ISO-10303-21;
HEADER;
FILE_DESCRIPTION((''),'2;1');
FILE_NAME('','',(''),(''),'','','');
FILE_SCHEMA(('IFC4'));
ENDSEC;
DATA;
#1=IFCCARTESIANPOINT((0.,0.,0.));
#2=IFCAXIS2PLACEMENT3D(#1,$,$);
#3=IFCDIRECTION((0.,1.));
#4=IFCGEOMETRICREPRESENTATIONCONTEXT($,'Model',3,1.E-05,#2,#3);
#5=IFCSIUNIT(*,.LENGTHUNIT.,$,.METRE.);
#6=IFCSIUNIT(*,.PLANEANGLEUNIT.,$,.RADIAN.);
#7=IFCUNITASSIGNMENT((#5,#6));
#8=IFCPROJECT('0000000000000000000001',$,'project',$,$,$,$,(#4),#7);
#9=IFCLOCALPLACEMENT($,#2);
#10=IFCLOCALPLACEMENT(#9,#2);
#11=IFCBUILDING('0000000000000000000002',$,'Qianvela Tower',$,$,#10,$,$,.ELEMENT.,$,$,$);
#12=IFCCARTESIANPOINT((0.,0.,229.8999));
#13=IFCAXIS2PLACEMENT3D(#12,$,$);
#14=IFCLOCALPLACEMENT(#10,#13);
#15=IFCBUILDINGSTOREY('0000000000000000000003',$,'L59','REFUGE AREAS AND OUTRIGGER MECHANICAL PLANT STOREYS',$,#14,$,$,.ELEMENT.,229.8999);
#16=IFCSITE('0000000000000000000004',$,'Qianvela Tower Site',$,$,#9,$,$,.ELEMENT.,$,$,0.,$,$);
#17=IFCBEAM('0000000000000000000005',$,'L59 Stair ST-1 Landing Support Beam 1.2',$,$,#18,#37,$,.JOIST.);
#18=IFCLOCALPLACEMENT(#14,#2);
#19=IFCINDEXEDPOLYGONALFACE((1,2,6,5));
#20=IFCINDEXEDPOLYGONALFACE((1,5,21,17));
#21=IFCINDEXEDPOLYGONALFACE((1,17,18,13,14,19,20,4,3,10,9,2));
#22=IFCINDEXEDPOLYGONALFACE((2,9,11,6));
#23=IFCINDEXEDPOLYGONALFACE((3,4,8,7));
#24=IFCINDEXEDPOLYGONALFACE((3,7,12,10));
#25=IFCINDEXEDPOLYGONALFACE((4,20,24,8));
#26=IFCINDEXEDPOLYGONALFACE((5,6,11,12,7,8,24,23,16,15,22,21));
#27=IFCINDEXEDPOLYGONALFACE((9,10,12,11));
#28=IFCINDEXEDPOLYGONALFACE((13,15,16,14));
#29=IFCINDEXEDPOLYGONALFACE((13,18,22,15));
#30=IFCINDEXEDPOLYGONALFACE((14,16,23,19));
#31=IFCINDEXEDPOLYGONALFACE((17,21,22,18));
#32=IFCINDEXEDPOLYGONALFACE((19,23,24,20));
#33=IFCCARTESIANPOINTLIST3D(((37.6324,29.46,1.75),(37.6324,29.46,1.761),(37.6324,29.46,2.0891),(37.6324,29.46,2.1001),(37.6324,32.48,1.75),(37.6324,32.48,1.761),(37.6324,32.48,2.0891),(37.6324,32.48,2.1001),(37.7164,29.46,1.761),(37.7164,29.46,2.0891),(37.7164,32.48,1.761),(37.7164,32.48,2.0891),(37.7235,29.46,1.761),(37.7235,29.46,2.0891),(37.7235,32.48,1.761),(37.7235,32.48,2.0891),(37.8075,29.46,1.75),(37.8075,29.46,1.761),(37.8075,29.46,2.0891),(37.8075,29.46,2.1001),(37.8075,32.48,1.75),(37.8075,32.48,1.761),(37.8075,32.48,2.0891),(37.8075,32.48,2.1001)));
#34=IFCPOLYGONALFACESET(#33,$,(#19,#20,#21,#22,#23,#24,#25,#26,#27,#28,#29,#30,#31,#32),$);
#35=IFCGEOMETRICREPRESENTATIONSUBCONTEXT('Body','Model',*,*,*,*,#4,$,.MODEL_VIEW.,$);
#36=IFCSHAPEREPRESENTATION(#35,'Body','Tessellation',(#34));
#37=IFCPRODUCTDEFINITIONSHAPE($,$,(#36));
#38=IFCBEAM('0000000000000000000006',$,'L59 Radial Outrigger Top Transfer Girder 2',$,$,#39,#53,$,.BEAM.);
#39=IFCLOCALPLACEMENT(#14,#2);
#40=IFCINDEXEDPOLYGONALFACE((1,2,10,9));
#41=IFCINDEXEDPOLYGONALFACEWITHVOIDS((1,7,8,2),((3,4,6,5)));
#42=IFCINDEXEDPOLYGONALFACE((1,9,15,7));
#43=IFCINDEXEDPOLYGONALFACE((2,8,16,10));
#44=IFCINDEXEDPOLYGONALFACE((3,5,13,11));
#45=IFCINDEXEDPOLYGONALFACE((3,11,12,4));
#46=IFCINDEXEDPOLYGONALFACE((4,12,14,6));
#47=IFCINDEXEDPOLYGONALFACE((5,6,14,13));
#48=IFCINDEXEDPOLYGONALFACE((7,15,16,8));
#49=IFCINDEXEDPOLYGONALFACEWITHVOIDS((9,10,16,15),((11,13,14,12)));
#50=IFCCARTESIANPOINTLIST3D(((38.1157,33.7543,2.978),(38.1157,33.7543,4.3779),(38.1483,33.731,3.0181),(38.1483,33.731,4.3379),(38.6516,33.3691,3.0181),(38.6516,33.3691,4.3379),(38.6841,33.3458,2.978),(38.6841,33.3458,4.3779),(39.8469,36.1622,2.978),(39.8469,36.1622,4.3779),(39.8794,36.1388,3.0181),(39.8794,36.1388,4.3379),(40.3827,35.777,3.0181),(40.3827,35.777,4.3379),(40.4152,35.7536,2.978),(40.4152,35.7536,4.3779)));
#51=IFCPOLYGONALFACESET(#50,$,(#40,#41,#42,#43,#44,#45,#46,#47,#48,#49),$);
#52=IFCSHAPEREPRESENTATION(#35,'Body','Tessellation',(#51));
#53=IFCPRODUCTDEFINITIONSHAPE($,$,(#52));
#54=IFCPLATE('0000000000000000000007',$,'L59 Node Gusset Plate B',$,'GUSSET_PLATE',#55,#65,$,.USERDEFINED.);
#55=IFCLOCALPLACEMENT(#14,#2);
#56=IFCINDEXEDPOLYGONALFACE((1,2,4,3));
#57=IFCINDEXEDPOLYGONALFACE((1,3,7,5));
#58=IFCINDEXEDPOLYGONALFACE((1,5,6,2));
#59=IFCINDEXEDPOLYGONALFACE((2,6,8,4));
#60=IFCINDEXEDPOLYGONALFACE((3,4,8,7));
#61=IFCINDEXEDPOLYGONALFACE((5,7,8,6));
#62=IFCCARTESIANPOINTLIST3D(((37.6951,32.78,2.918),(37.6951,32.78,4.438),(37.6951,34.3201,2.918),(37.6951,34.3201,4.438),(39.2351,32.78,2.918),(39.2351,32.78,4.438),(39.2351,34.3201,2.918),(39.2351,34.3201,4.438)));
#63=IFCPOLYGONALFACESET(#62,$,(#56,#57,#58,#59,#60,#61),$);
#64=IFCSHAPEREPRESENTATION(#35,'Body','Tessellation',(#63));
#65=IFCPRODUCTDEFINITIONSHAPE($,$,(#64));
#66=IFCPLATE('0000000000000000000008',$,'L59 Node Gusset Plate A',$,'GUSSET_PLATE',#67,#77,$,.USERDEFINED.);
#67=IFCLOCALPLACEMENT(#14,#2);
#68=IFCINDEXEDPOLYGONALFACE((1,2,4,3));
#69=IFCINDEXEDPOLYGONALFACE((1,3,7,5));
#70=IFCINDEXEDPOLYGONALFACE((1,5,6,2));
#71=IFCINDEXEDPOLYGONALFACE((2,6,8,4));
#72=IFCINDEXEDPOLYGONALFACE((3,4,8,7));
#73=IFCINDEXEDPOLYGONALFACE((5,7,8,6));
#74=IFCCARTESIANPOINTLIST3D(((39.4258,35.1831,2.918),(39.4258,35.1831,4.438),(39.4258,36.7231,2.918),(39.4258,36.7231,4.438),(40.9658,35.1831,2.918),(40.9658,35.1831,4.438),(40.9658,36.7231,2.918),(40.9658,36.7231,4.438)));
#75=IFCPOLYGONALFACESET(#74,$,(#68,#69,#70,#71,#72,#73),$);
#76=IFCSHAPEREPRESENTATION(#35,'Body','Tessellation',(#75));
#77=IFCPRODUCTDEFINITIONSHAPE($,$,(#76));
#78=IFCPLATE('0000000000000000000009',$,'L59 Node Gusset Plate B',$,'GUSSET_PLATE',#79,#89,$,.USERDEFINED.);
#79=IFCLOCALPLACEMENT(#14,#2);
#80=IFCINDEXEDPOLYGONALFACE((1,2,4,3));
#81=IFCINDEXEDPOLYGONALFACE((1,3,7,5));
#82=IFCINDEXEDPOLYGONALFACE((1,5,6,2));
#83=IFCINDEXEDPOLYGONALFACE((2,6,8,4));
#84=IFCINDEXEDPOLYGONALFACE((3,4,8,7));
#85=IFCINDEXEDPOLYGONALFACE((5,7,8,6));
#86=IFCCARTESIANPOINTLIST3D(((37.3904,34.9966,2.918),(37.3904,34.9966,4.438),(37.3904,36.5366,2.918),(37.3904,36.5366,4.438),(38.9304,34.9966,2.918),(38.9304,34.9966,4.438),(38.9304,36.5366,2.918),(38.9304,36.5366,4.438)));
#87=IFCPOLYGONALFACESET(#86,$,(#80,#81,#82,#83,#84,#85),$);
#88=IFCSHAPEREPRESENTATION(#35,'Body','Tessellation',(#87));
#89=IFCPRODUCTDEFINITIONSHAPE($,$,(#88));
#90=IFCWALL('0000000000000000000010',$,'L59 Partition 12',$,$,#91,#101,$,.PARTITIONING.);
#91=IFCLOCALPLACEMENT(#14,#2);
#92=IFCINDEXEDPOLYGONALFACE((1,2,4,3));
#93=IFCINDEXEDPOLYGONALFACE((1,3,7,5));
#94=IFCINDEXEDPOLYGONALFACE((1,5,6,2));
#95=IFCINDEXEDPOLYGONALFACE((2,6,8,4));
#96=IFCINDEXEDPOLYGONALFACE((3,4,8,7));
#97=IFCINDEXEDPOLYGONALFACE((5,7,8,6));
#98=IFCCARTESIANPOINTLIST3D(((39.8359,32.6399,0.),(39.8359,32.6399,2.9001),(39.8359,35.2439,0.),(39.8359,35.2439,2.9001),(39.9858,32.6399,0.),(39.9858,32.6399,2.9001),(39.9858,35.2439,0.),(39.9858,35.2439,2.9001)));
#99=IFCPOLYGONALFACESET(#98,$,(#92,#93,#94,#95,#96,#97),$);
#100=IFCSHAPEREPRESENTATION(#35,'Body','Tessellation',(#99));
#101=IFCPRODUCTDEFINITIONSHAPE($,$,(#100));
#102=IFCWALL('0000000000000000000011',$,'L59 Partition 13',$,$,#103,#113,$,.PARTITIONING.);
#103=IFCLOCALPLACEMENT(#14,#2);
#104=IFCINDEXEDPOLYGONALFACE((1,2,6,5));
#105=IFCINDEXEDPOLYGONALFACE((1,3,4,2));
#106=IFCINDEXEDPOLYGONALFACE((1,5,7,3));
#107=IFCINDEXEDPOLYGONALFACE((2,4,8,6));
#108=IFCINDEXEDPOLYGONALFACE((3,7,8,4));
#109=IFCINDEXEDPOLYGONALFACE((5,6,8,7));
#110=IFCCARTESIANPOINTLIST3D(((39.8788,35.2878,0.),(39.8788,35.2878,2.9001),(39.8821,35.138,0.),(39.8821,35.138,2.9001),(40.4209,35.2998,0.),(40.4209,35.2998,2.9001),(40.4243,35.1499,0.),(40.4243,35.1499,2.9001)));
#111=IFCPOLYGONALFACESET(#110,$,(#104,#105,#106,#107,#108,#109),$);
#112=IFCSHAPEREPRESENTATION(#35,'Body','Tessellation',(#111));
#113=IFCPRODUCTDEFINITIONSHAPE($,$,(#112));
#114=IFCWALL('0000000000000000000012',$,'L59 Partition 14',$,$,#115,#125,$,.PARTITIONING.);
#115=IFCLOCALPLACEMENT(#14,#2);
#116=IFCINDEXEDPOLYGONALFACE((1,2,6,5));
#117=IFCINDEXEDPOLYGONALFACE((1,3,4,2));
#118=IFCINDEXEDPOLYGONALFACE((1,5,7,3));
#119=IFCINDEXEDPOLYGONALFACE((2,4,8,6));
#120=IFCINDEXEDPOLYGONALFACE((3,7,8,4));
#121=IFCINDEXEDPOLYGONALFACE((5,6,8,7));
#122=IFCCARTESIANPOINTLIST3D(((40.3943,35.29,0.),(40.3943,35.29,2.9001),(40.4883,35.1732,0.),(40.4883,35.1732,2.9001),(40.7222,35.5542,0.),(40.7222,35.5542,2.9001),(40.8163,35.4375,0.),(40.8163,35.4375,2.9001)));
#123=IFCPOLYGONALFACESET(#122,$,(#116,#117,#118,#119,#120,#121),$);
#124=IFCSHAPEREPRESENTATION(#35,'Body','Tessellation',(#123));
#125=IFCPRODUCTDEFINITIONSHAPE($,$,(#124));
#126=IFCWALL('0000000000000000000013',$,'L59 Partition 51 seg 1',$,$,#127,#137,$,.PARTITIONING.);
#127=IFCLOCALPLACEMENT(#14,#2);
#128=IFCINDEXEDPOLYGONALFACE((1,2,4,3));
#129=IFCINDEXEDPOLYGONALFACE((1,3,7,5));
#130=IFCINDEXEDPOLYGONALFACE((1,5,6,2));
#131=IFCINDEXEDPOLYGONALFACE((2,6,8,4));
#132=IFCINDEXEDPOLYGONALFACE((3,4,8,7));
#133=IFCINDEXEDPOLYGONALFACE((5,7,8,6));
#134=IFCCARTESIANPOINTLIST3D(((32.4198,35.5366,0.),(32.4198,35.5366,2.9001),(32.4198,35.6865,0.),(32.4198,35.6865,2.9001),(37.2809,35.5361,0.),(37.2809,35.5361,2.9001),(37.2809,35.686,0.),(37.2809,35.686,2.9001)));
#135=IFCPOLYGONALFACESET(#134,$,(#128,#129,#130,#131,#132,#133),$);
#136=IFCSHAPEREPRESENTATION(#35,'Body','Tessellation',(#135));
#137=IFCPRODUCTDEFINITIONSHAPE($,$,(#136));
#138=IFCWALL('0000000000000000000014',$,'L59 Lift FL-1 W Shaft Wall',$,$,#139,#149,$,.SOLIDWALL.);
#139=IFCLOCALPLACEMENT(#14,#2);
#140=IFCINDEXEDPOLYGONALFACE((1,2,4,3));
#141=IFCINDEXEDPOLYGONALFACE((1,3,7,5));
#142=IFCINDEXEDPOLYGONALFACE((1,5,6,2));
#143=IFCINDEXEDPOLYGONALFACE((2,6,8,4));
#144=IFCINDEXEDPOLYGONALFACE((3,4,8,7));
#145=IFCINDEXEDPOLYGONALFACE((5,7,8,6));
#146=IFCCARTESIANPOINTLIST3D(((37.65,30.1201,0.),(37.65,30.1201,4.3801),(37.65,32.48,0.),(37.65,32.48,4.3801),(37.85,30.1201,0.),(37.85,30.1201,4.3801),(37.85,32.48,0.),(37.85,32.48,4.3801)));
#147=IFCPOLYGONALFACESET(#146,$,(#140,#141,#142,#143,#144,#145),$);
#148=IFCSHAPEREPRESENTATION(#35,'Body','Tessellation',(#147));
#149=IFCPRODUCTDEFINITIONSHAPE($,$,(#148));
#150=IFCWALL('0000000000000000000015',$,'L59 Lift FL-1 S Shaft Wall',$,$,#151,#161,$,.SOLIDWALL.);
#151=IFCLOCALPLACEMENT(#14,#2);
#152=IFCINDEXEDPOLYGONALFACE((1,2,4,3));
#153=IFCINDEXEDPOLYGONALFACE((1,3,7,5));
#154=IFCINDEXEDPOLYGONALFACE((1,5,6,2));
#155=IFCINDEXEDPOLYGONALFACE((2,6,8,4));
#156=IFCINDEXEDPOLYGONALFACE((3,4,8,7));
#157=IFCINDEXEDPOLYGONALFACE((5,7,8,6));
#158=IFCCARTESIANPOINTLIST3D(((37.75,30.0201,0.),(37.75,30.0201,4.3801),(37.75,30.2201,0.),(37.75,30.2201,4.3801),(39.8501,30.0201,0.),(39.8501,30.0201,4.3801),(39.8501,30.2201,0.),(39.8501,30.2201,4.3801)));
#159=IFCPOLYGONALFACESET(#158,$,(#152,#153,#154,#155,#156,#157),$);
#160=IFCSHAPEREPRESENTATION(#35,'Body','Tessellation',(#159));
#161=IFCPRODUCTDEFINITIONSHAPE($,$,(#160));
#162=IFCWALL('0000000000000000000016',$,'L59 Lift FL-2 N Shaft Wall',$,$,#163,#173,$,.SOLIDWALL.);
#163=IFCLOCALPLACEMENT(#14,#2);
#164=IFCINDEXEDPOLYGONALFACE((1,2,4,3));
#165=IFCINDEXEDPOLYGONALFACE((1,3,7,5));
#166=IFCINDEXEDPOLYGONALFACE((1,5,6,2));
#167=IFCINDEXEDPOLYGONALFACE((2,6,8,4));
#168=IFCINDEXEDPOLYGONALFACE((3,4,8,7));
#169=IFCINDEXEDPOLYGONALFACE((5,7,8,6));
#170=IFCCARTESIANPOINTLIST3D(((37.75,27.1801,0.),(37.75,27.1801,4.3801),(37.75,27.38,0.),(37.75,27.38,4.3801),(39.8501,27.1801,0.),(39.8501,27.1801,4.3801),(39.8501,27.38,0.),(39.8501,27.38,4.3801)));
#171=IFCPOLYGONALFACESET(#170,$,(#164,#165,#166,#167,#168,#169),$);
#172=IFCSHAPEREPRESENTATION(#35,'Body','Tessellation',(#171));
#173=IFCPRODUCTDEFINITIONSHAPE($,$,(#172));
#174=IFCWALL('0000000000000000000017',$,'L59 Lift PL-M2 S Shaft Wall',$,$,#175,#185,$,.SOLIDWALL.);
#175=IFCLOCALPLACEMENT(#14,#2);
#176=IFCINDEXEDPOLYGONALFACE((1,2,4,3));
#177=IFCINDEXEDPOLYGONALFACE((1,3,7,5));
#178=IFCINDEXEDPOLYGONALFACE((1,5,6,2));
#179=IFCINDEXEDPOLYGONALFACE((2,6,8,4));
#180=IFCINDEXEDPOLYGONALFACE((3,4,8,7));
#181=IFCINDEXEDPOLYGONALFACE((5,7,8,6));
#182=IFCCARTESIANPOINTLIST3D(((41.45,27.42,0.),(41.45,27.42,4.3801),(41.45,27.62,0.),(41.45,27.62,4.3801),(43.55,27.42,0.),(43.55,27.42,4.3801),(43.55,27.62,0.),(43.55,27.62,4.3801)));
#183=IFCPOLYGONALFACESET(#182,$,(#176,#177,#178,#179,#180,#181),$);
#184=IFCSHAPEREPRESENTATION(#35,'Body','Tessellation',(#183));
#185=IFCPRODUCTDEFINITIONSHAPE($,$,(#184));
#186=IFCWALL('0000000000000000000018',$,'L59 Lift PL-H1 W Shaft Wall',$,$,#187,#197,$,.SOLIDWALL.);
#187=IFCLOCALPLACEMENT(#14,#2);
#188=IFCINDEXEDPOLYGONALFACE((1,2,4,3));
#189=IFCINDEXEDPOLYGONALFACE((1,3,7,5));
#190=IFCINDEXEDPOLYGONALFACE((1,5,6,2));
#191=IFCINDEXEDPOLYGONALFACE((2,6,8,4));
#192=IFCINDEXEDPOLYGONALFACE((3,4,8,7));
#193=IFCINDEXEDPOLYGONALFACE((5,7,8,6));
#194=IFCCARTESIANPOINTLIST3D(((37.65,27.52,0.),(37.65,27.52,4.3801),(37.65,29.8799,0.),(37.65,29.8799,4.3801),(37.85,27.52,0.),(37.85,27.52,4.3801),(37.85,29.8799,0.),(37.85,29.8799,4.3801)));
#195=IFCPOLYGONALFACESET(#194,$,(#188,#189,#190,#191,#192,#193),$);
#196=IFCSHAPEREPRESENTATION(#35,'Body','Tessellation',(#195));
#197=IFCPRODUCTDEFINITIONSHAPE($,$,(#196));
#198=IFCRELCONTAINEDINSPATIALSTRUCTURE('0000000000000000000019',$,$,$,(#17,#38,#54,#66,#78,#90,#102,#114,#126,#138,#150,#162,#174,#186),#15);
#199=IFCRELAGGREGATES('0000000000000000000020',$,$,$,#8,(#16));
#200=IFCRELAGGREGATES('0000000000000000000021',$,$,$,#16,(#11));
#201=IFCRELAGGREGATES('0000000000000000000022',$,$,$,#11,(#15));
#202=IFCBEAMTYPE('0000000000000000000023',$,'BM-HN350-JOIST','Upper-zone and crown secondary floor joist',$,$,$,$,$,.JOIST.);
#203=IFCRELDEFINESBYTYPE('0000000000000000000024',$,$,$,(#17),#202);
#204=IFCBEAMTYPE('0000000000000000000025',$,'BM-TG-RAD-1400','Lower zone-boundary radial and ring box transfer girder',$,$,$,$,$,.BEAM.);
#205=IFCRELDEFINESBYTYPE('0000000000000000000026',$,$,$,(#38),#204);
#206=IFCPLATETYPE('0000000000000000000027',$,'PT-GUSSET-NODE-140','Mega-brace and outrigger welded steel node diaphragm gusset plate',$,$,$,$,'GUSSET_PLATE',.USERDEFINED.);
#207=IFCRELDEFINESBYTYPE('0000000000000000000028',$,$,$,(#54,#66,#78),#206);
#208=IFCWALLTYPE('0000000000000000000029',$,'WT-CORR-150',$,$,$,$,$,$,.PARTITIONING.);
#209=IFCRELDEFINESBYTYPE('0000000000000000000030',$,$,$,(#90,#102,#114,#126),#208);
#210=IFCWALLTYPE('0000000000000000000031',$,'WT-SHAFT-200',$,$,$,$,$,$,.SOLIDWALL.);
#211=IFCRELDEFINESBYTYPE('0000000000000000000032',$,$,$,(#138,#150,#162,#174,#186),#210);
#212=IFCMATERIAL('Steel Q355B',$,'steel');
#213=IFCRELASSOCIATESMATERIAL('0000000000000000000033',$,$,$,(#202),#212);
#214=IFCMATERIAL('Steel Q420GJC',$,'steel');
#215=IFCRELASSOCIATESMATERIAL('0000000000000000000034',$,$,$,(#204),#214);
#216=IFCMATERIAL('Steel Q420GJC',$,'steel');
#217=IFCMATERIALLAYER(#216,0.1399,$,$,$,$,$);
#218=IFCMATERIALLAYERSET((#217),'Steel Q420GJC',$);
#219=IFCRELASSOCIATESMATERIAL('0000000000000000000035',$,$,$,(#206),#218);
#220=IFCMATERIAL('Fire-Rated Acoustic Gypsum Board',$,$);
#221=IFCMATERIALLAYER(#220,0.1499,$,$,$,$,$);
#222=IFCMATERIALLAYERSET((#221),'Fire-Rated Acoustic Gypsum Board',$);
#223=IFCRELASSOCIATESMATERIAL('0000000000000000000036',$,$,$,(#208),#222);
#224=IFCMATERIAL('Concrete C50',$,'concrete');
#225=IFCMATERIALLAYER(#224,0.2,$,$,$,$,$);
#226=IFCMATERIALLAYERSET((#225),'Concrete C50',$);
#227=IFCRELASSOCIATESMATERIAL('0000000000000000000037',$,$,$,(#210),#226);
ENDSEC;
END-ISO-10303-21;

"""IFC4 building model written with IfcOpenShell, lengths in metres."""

from ifc_helpers import new_model, si_unit, direction, frame, frame_2d, origin, origin_2d, place, context, subcontext, project, spatial, rectangle, hollow_rectangle, i_section, extrude, material, layer, layer_set, material_profile, profile_set, type_object, element, save


model = new_model("IFC4")

# Units and contexts
model_context = context("Model", 3, precision=1e-05, world=origin(), true_north=direction((0.0, 1.0)))
body_context = subcontext(model_context, "Body", "Model", "MODEL_VIEW")
ifc_project = project(units=[si_unit("LENGTHUNIT", "METRE"), si_unit("PLANEANGLEUNIT", "RADIAN")], contexts=[model_context])

# Site, building, storey
site_placement = place(None, origin())
site = spatial("IfcSite", under=ifc_project, at=site_placement, Name="Qianvela Tower Site", CompositionType="ELEMENT", RefElevation=0.0)
building_placement = place(site_placement, origin())
building = spatial("IfcBuilding", under=site, at=building_placement, Name="Qianvela Tower", CompositionType="ELEMENT")
storey_placement = place(building_placement, frame((0.0, 0.0, 229.8999)))
storey = spatial("IfcBuildingStorey", under=building, at=storey_placement, Name="L59", Description="REFUGE AREAS AND OUTRIGGER MECHANICAL PLANT STOREYS", CompositionType="ELEMENT", Elevation=229.8999)

# Beams
ifc_material_1 = material(Name="Steel Q355B", Category="steel")
ifc_material_profile_1 = material_profile(ifc_material_1, i_section(OverallWidth=0.175, OverallDepth=0.3501, WebThickness=0.0071, FlangeThickness=0.011, at=origin_2d()), Name="HN350x175x7x11")
ifc_profile_set_1 = profile_set([ifc_material_profile_1], Name="Steel Q355B")
beam_type_1 = type_object("IfcBeamType", Name="BM-HN350-JOIST", Description="Upper-zone and crown secondary floor joist", PredefinedType="JOIST", material=ifc_profile_set_1)
beam_1_placement = place(storey_placement, frame((37.72, 29.46, 1.925), z_axis=(0.0, 1.0, 0.0), x_axis=(-1.0, 0.0, 0.0)))
element("IfcBeam", 1, at=beam_1_placement, inside=storey, type_object=beam_type_1, Name="L59 Stair ST-1 Landing Support Beam 1.2", PredefinedType="JOIST", context=body_context, shape_type="SweptSolid", body=[
    extrude(i_section(OverallWidth=0.175, OverallDepth=0.3501, WebThickness=0.0071, FlangeThickness=0.011, at=origin_2d()), origin(), (0.0, 0.0, 1.0), 3.02),
])
ifc_material_2 = material(Name="Steel Q420GJC", Category="steel")
ifc_material_profile_2 = material_profile(ifc_material_2, hollow_rectangle(XDim=0.7, YDim=1.3999, WallThickness=0.04, at=origin_2d()), Name="TG-BOX-1400x700x40")
ifc_profile_set_2 = profile_set([ifc_material_profile_2], Name="Steel Q420GJC")
beam_type_2 = type_object("IfcBeamType", Name="BM-TG-RAD-1400", Description="Lower zone-boundary radial and ring box transfer girder", PredefinedType="BEAM", material=ifc_profile_set_2)
beam_2_placement = place(storey_placement, frame((38.3999, 33.55, 3.678), z_axis=(0.583743, 0.811939, 0.0), x_axis=(-0.811939, 0.583743, 0.0)))
element("IfcBeam", 2, at=beam_2_placement, inside=storey, type_object=beam_type_2, Name="L59 Radial Outrigger Top Transfer Girder 2", PredefinedType="BEAM", context=body_context, shape_type="SweptSolid", body=[
    extrude(hollow_rectangle(XDim=0.7, YDim=1.3999, WallThickness=0.04, at=origin_2d()), origin(), (0.0, 0.0, 1.0), 2.9656),
])

# Plates
ifc_material_3 = material(Name="Steel Q420GJC", Category="steel")
ifc_layer_1 = layer(ifc_material_3, 0.1399)
ifc_layer_set_1 = layer_set([ifc_layer_1], Name="Steel Q420GJC")
plate_type = type_object("IfcPlateType", Name="PT-GUSSET-NODE-140", Description="Mega-brace and outrigger welded steel node diaphragm gusset plate", ElementType="GUSSET_PLATE", PredefinedType="USERDEFINED", material=ifc_layer_set_1)
for number, where, z_axis, x_axis, name in (
    (3, (38.4651, 33.55, 2.918), (0.0, 0.0, 1.0), (1.0, 0.0, 0.0), "L59 Node Gusset Plate B"),
    (4, (40.1958, 35.9531, 2.918), (0.0, 0.0, 1.0), (1.0, 0.0, 0.0), "L59 Node Gusset Plate A"),
    (5, (38.1604, 35.7666, 2.918), (0.0, 0.0, 1.0), (1.0, 0.0, 0.0), "L59 Node Gusset Plate B"),
):
    element("IfcPlate", number, at=place(storey_placement, frame(where, z_axis=z_axis, x_axis=x_axis)), inside=storey, type_object=plate_type, Name=name, ObjectType="GUSSET_PLATE", PredefinedType="USERDEFINED", context=body_context, shape_type="SweptSolid", body=[
        extrude(rectangle(XDim=1.54, YDim=1.54, at=origin_2d()), origin(), (0.0, 0.0, 1.0), 1.52),
    ])

# Walls
ifc_material_4 = material(Name="Fire-Rated Acoustic Gypsum Board")
ifc_layer_2 = layer(ifc_material_4, 0.1499)
ifc_layer_set_2 = layer_set([ifc_layer_2], Name="Fire-Rated Acoustic Gypsum Board")
wall_type_1 = type_object("IfcWallType", Name="WT-CORR-150", PredefinedType="PARTITIONING", material=ifc_layer_set_2)
wall_1_placement = place(storey_placement, frame((39.9109, 32.6399, 0.0), z_axis=(0.0, 0.0, 1.0), x_axis=(0.0, 1.0, 0.0)))
element("IfcWall", 6, at=wall_1_placement, inside=storey, type_object=wall_type_1, Name="L59 Partition 12", PredefinedType="PARTITIONING", context=body_context, shape_type="SweptSolid", body=[
    extrude(rectangle(XDim=2.604, YDim=0.1499, at=frame_2d((1.302, 0.0))), origin(), (0.0, 0.0, 1.0), 2.9001),
])
wall_2_placement = place(storey_placement, frame((39.8806, 35.2129, 0.0), z_axis=(0.0, 0.0, 1.0), x_axis=(0.999757, 0.022067, 0.0)))
element("IfcWall", 7, at=wall_2_placement, inside=storey, type_object=wall_type_1, Name="L59 Partition 13", PredefinedType="PARTITIONING", context=body_context, shape_type="SweptSolid", body=[
    extrude(rectangle(XDim=0.5422, YDim=0.1499, at=frame_2d((0.271, 0.0))), origin(), (0.0, 0.0, 1.0), 2.9001),
])
wall_3_placement = place(storey_placement, frame((40.4414, 35.2317, 0.0), z_axis=(0.0, 0.0, 1.0), x_axis=(0.778715, 0.627378, 0.0)))
element("IfcWall", 8, at=wall_3_placement, inside=storey, type_object=wall_type_1, Name="L59 Partition 14", PredefinedType="PARTITIONING", context=body_context, shape_type="SweptSolid", body=[
    extrude(rectangle(XDim=0.4211, YDim=0.1499, at=frame_2d((0.2104, 0.0))), origin(), (0.0, 0.0, 1.0), 2.9001),
])
wall_4_placement = place(storey_placement, frame((37.281, 35.6111, 0.0), z_axis=(0.0, 0.0, 1.0), x_axis=(-1.0, 0.0001, 0.0)))
element("IfcWall", 9, at=wall_4_placement, inside=storey, type_object=wall_type_1, Name="L59 Partition 51 seg 1", PredefinedType="PARTITIONING", context=body_context, shape_type="SweptSolid", body=[
    extrude(rectangle(XDim=4.8611, YDim=0.1499, at=frame_2d((2.4307, 0.0))), origin(), (0.0, 0.0, 1.0), 2.9001),
])

# Shared definitions
ifc_material_5 = material(Name="Concrete C50", Category="concrete")
ifc_layer_3 = layer(ifc_material_5, 0.2)
ifc_layer_set_3 = layer_set([ifc_layer_3], Name="Concrete C50")
wall_type_2 = type_object("IfcWallType", Name="WT-SHAFT-200", PredefinedType="SOLIDWALL", material=ifc_layer_set_3)

# Walls
wall_5_placement = place(storey_placement, frame((37.75, 30.1201, 0.0), z_axis=(0.0, 0.0, 1.0), x_axis=(0.0, 1.0, 0.0)))
element("IfcWall", 10, at=wall_5_placement, inside=storey, type_object=wall_type_2, Name="L59 Lift FL-1 W Shaft Wall", PredefinedType="SOLIDWALL", context=body_context, shape_type="SweptSolid", body=[
    extrude(rectangle(XDim=2.3599, YDim=0.2, at=frame_2d((1.1799, 0.0))), origin(), (0.0, 0.0, 1.0), 4.3801),
])
for number, where, z_axis, x_axis, name in (
    (11, (37.75, 30.1201, 0.0), (0.0, 0.0, 1.0), (1.0, 0.0, 0.0), "L59 Lift FL-1 S Shaft Wall"),
    (12, (37.75, 27.28, 0.0), (0.0, 0.0, 1.0), (1.0, 0.0, 0.0), "L59 Lift FL-2 N Shaft Wall"),
):
    element("IfcWall", number, at=place(storey_placement, frame(where, z_axis=z_axis, x_axis=x_axis)), inside=storey, type_object=wall_type_2, Name=name, PredefinedType="SOLIDWALL", context=body_context, shape_type="SweptSolid", body=[
        extrude(rectangle(XDim=2.1001, YDim=0.2, at=frame_2d((1.05, 0.0))), origin(), (0.0, 0.0, 1.0), 4.3801),
    ])

# Wall
wall_6_placement = place(storey_placement, frame((41.45, 27.52, 0.0), z_axis=(0.0, 0.0, 1.0), x_axis=(1.0, 0.0, 0.0)))
element("IfcWall", 13, at=wall_6_placement, inside=storey, type_object=wall_type_2, Name="L59 Lift PL-M2 S Shaft Wall", PredefinedType="SOLIDWALL", context=body_context, shape_type="SweptSolid", body=[
    extrude(rectangle(XDim=2.1001, YDim=0.2, at=frame_2d((1.05, 0.0))), origin(), (0.0, 0.0, 1.0), 4.3801),
])

# Wall
wall_7_placement = place(storey_placement, frame((37.75, 27.52, 0.0), z_axis=(0.0, 0.0, 1.0), x_axis=(0.0, 1.0, 0.0)))
element("IfcWall", 14, at=wall_7_placement, inside=storey, type_object=wall_type_2, Name="L59 Lift PL-H1 W Shaft Wall", PredefinedType="SOLIDWALL", context=body_context, shape_type="SweptSolid", body=[
    extrude(rectangle(XDim=2.3599, YDim=0.2, at=frame_2d((1.1799, 0.0))), origin(), (0.0, 0.0, 1.0), 4.3801),
])

save(model, "model.ifc")
